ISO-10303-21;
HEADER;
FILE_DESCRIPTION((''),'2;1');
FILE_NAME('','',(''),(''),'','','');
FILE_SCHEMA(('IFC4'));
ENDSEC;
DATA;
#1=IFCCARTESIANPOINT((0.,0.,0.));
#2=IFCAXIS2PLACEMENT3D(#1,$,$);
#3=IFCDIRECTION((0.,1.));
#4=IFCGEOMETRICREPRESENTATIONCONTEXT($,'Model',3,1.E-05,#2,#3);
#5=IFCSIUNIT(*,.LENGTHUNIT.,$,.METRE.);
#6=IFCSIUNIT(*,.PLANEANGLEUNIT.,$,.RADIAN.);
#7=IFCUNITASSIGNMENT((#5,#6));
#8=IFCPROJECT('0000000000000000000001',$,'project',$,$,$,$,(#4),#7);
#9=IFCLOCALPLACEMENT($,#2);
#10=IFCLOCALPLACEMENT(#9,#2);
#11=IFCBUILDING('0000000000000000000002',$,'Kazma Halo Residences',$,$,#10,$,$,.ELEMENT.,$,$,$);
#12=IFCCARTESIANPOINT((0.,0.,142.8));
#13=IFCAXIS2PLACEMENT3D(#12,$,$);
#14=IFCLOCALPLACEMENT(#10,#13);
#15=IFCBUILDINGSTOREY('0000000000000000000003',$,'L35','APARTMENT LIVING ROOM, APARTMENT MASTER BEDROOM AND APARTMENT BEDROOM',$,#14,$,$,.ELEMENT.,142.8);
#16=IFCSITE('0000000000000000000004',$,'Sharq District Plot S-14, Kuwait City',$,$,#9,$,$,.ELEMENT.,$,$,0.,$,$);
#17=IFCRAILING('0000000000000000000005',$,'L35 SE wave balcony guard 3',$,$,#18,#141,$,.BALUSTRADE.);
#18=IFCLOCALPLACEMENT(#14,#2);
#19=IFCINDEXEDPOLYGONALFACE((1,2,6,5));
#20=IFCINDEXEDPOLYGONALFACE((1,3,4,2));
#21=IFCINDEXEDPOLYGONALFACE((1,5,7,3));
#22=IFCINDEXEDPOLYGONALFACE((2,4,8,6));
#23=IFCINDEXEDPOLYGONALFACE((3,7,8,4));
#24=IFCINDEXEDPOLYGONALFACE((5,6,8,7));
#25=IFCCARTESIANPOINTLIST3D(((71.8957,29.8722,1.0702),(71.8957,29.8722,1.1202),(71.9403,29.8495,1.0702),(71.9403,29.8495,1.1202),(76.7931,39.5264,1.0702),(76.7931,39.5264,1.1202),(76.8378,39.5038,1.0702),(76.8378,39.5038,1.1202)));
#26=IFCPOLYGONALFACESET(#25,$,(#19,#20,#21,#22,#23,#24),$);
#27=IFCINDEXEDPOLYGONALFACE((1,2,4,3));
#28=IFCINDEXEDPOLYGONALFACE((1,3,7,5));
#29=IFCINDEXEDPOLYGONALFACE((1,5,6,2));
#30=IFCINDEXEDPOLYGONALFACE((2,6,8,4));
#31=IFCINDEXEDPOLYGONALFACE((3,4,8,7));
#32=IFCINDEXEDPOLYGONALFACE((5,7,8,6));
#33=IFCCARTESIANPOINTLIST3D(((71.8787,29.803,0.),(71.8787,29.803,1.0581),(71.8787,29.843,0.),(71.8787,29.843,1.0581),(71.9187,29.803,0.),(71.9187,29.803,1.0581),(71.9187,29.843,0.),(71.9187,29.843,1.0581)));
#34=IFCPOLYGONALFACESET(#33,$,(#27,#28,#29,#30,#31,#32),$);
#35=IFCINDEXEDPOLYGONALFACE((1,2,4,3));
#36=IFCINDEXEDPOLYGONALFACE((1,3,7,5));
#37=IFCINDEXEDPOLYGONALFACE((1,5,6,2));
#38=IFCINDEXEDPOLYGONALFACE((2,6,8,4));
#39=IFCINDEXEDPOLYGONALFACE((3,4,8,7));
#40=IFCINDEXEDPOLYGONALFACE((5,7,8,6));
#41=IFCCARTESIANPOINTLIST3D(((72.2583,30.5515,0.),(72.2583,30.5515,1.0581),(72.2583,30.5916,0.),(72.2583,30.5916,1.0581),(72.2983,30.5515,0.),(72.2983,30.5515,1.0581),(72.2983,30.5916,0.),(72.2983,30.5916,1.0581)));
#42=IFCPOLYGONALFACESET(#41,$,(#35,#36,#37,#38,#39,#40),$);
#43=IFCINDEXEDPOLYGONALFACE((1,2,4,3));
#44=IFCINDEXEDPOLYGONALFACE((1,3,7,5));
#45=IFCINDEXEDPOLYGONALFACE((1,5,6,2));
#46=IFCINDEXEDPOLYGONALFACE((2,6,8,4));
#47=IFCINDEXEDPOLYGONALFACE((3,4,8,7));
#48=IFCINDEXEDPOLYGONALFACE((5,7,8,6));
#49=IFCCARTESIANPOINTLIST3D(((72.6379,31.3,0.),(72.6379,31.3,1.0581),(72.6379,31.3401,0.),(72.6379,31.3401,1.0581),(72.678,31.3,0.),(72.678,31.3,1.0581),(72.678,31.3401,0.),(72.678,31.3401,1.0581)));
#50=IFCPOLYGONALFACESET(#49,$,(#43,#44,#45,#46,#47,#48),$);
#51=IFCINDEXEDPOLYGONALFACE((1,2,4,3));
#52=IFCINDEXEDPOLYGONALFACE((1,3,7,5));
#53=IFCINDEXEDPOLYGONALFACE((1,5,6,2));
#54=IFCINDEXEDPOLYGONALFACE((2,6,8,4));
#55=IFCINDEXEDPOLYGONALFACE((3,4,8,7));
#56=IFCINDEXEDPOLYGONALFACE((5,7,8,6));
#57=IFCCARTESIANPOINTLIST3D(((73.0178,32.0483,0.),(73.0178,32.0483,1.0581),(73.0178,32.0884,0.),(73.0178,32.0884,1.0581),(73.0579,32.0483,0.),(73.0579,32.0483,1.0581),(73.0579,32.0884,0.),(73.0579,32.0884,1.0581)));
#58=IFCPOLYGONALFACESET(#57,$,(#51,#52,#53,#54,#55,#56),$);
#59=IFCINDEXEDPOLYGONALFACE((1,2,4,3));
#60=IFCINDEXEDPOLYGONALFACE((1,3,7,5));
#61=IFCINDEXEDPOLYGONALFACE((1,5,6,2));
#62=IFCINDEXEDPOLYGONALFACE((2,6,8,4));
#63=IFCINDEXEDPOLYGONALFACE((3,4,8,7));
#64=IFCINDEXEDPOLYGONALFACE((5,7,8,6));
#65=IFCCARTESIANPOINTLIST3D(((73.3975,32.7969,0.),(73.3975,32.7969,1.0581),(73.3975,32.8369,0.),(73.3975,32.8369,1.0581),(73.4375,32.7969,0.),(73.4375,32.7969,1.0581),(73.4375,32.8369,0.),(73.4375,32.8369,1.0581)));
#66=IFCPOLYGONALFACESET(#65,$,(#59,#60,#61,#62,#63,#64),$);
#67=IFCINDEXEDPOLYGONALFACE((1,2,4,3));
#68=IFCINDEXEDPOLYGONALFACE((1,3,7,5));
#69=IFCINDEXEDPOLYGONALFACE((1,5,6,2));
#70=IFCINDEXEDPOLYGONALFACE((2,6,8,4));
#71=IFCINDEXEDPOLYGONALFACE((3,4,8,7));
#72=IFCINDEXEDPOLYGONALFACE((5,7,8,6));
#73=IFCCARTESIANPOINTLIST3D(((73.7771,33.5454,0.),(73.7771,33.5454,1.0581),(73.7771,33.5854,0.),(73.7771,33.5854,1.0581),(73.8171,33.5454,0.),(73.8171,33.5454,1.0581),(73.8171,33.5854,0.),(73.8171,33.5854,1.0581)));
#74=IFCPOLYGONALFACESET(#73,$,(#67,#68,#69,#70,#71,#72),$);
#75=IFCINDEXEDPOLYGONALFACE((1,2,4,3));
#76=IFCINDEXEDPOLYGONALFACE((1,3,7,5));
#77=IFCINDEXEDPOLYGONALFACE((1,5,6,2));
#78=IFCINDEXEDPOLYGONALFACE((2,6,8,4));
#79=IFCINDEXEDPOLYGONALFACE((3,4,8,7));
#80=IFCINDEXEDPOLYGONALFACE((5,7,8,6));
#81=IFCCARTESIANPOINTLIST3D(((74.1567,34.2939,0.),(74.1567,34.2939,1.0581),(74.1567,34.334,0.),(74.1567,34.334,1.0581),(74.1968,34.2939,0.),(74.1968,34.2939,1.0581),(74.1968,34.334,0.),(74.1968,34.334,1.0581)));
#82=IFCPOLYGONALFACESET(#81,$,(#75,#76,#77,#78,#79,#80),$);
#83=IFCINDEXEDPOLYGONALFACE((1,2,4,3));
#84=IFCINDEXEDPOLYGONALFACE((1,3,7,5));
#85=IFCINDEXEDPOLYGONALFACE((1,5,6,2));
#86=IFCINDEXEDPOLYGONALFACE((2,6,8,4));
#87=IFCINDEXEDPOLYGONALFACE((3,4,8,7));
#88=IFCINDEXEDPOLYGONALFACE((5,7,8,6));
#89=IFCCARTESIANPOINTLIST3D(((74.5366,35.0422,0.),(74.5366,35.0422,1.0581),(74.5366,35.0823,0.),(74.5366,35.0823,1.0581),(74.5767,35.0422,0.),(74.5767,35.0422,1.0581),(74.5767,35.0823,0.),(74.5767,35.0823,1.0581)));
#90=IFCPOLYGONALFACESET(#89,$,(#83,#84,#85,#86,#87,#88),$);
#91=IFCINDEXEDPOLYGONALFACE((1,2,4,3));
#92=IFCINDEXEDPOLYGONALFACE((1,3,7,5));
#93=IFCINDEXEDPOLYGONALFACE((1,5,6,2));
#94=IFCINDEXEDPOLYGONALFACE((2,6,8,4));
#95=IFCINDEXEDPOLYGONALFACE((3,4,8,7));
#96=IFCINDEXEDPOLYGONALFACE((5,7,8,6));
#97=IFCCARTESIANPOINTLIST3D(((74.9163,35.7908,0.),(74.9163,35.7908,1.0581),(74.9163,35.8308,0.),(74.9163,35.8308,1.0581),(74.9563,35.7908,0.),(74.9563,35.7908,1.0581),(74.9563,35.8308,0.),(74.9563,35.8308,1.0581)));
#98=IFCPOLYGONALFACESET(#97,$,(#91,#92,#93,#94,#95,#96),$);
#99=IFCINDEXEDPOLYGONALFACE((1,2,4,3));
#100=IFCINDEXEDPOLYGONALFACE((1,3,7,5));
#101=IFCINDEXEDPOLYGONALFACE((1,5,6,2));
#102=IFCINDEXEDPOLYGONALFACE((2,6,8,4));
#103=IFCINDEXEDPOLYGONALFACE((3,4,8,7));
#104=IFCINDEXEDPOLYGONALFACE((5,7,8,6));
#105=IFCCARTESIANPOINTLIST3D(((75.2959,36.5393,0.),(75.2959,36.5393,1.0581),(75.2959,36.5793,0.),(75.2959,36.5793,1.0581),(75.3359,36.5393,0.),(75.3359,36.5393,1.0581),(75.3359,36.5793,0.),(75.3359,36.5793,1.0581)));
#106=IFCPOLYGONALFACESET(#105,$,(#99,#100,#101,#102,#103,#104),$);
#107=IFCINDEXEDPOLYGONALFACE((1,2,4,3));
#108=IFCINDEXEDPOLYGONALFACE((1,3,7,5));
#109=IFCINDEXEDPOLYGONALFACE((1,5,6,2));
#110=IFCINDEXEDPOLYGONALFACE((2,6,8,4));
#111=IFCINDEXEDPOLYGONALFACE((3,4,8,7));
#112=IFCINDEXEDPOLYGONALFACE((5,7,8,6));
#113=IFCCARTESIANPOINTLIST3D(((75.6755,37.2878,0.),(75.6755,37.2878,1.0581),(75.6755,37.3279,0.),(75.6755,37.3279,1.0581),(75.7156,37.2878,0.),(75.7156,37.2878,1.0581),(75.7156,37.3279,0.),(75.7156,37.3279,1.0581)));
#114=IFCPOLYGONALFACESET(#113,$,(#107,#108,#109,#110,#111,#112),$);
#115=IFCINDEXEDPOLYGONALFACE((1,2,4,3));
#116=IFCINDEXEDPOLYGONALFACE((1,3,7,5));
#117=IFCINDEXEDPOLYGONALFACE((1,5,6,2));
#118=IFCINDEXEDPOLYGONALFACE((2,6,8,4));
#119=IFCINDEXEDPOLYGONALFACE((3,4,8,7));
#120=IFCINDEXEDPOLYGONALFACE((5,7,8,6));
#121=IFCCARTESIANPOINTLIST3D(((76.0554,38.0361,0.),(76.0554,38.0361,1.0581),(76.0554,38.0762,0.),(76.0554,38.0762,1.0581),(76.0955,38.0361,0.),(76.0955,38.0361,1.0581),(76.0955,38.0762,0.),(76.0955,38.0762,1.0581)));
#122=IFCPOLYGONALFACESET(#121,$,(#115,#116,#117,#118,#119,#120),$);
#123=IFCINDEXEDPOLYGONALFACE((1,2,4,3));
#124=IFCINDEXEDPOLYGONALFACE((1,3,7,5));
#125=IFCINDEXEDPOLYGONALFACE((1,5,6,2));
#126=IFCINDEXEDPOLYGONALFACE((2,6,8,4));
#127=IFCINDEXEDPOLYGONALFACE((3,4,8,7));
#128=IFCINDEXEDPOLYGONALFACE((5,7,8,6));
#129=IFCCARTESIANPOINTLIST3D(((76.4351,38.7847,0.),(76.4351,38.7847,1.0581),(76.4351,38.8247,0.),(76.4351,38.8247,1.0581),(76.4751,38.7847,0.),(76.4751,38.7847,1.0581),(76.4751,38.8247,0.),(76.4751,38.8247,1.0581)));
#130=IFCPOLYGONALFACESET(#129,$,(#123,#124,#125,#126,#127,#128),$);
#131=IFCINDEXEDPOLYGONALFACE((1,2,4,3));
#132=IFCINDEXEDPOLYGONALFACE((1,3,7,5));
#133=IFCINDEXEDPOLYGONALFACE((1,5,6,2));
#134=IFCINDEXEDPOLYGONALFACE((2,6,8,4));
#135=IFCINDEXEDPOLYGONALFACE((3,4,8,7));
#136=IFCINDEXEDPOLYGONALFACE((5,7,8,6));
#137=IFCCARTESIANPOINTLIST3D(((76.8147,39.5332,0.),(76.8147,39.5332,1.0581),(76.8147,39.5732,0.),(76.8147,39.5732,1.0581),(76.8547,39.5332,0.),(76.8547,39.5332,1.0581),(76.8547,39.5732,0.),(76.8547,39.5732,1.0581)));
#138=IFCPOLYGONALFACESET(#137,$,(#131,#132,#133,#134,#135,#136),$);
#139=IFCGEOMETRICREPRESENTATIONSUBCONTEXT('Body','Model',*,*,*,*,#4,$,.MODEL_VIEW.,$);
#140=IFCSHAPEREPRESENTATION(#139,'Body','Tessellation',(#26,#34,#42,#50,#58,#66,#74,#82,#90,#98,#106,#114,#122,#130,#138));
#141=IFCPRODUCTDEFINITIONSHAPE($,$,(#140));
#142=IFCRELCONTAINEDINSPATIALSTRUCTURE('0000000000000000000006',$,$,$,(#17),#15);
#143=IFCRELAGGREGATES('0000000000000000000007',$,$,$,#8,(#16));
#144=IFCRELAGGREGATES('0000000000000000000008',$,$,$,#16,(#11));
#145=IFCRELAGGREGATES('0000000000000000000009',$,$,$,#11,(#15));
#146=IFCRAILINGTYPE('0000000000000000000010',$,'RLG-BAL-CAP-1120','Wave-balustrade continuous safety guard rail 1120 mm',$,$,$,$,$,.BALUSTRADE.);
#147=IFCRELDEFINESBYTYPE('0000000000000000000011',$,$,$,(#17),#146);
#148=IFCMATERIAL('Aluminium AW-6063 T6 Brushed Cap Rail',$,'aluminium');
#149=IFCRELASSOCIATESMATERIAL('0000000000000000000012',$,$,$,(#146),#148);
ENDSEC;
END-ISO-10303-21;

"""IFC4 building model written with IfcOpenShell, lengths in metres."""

from ifc_helpers import new_model, si_unit, direction, frame, origin, origin_2d, place, context, subcontext, project, spatial, rectangle, extrude, material, type_object, element, save


model = new_model("IFC4")

# Units and contexts
model_context = context("Model", 3, precision=1e-05, world=origin(), true_north=direction((0.0, 1.0)))
body_context = subcontext(model_context, "Body", "Model", "MODEL_VIEW")
ifc_project = project(units=[si_unit("LENGTHUNIT", "METRE"), si_unit("PLANEANGLEUNIT", "RADIAN")], contexts=[model_context])

# Site, building, storey
site_placement = place(None, origin())
site = spatial("IfcSite", under=ifc_project, at=site_placement, Name="Sharq District Plot S-14, Kuwait City", CompositionType="ELEMENT", RefElevation=0.0)
building_placement = place(site_placement, origin())
building = spatial("IfcBuilding", under=site, at=building_placement, Name="Kazma Halo Residences", CompositionType="ELEMENT")
storey_placement = place(building_placement, frame((0.0, 0.0, 142.8)))
storey = spatial("IfcBuildingStorey", under=building, at=storey_placement, Name="L35", Description="APARTMENT LIVING ROOM, APARTMENT MASTER BEDROOM AND APARTMENT BEDROOM", CompositionType="ELEMENT", Elevation=142.8)

# Railing
ifc_material_1 = material(Name="Aluminium AW-6063 T6 Brushed Cap Rail", Category="aluminium")
railing_type = type_object("IfcRailingType", Name="RLG-BAL-CAP-1120", Description="Wave-balustrade continuous safety guard rail 1120 mm", PredefinedType="BALUSTRADE", material=ifc_material_1)
railing_1_placement = place(storey_placement, frame((71.8987, 29.823, 0.0)))
element("IfcRailing", 1, at=railing_1_placement, inside=storey, type_object=railing_type, Name="L35 SE wave balcony guard 3", PredefinedType="BALUSTRADE", context=body_context, shape_type="SweptSolid", body=[
    extrude(rectangle(XDim=0.05, YDim=0.05, at=origin_2d()), frame((0.0193, 0.0378, 1.0952), z_axis=(0.452406, 0.891812, 0.0), x_axis=(-0.891812, 0.452406, 0.0)), (0.0, 0.0, 1.0), 10.8254),
    extrude(rectangle(XDim=0.04, YDim=0.04, at=origin_2d()), origin(), (0.0, 0.0, 1.0), 1.0581),
    extrude(rectangle(XDim=0.04, YDim=0.04, at=origin_2d()), frame((0.3796, 0.7485, 0.0)), (0.0, 0.0, 1.0), 1.0581),
    extrude(rectangle(XDim=0.04, YDim=0.04, at=origin_2d()), frame((0.7593, 1.4971, 0.0)), (0.0, 0.0, 1.0), 1.0581),
    extrude(rectangle(XDim=0.04, YDim=0.04, at=origin_2d()), frame((1.1392, 2.2454, 0.0)), (0.0, 0.0, 1.0), 1.0581),
    extrude(rectangle(XDim=0.04, YDim=0.04, at=origin_2d()), frame((1.5188, 2.9939, 0.0)), (0.0, 0.0, 1.0), 1.0581),
    extrude(rectangle(XDim=0.04, YDim=0.04, at=origin_2d()), frame((1.8984, 3.7424, 0.0)), (0.0, 0.0, 1.0), 1.0581),
    extrude(rectangle(XDim=0.04, YDim=0.04, at=origin_2d()), frame((2.2781, 4.491, 0.0)), (0.0, 0.0, 1.0), 1.0581),
    extrude(rectangle(XDim=0.04, YDim=0.04, at=origin_2d()), frame((2.658, 5.2393, 0.0)), (0.0, 0.0, 1.0), 1.0581),
    extrude(rectangle(XDim=0.04, YDim=0.04, at=origin_2d()), frame((3.0376, 5.9878, 0.0)), (0.0, 0.0, 1.0), 1.0581),
    extrude(rectangle(XDim=0.04, YDim=0.04, at=origin_2d()), frame((3.4172, 6.7363, 0.0)), (0.0, 0.0, 1.0), 1.0581),
    extrude(rectangle(XDim=0.04, YDim=0.04, at=origin_2d()), frame((3.7969, 7.4849, 0.0)), (0.0, 0.0, 1.0), 1.0581),
    extrude(rectangle(XDim=0.04, YDim=0.04, at=origin_2d()), frame((4.1768, 8.2332, 0.0)), (0.0, 0.0, 1.0), 1.0581),
    extrude(rectangle(XDim=0.04, YDim=0.04, at=origin_2d()), frame((4.5564, 8.9817, 0.0)), (0.0, 0.0, 1.0), 1.0581),
    extrude(rectangle(XDim=0.04, YDim=0.04, at=origin_2d()), frame((4.936, 9.7302, 0.0)), (0.0, 0.0, 1.0), 1.0581),
])

save(model, "model.ifc")
